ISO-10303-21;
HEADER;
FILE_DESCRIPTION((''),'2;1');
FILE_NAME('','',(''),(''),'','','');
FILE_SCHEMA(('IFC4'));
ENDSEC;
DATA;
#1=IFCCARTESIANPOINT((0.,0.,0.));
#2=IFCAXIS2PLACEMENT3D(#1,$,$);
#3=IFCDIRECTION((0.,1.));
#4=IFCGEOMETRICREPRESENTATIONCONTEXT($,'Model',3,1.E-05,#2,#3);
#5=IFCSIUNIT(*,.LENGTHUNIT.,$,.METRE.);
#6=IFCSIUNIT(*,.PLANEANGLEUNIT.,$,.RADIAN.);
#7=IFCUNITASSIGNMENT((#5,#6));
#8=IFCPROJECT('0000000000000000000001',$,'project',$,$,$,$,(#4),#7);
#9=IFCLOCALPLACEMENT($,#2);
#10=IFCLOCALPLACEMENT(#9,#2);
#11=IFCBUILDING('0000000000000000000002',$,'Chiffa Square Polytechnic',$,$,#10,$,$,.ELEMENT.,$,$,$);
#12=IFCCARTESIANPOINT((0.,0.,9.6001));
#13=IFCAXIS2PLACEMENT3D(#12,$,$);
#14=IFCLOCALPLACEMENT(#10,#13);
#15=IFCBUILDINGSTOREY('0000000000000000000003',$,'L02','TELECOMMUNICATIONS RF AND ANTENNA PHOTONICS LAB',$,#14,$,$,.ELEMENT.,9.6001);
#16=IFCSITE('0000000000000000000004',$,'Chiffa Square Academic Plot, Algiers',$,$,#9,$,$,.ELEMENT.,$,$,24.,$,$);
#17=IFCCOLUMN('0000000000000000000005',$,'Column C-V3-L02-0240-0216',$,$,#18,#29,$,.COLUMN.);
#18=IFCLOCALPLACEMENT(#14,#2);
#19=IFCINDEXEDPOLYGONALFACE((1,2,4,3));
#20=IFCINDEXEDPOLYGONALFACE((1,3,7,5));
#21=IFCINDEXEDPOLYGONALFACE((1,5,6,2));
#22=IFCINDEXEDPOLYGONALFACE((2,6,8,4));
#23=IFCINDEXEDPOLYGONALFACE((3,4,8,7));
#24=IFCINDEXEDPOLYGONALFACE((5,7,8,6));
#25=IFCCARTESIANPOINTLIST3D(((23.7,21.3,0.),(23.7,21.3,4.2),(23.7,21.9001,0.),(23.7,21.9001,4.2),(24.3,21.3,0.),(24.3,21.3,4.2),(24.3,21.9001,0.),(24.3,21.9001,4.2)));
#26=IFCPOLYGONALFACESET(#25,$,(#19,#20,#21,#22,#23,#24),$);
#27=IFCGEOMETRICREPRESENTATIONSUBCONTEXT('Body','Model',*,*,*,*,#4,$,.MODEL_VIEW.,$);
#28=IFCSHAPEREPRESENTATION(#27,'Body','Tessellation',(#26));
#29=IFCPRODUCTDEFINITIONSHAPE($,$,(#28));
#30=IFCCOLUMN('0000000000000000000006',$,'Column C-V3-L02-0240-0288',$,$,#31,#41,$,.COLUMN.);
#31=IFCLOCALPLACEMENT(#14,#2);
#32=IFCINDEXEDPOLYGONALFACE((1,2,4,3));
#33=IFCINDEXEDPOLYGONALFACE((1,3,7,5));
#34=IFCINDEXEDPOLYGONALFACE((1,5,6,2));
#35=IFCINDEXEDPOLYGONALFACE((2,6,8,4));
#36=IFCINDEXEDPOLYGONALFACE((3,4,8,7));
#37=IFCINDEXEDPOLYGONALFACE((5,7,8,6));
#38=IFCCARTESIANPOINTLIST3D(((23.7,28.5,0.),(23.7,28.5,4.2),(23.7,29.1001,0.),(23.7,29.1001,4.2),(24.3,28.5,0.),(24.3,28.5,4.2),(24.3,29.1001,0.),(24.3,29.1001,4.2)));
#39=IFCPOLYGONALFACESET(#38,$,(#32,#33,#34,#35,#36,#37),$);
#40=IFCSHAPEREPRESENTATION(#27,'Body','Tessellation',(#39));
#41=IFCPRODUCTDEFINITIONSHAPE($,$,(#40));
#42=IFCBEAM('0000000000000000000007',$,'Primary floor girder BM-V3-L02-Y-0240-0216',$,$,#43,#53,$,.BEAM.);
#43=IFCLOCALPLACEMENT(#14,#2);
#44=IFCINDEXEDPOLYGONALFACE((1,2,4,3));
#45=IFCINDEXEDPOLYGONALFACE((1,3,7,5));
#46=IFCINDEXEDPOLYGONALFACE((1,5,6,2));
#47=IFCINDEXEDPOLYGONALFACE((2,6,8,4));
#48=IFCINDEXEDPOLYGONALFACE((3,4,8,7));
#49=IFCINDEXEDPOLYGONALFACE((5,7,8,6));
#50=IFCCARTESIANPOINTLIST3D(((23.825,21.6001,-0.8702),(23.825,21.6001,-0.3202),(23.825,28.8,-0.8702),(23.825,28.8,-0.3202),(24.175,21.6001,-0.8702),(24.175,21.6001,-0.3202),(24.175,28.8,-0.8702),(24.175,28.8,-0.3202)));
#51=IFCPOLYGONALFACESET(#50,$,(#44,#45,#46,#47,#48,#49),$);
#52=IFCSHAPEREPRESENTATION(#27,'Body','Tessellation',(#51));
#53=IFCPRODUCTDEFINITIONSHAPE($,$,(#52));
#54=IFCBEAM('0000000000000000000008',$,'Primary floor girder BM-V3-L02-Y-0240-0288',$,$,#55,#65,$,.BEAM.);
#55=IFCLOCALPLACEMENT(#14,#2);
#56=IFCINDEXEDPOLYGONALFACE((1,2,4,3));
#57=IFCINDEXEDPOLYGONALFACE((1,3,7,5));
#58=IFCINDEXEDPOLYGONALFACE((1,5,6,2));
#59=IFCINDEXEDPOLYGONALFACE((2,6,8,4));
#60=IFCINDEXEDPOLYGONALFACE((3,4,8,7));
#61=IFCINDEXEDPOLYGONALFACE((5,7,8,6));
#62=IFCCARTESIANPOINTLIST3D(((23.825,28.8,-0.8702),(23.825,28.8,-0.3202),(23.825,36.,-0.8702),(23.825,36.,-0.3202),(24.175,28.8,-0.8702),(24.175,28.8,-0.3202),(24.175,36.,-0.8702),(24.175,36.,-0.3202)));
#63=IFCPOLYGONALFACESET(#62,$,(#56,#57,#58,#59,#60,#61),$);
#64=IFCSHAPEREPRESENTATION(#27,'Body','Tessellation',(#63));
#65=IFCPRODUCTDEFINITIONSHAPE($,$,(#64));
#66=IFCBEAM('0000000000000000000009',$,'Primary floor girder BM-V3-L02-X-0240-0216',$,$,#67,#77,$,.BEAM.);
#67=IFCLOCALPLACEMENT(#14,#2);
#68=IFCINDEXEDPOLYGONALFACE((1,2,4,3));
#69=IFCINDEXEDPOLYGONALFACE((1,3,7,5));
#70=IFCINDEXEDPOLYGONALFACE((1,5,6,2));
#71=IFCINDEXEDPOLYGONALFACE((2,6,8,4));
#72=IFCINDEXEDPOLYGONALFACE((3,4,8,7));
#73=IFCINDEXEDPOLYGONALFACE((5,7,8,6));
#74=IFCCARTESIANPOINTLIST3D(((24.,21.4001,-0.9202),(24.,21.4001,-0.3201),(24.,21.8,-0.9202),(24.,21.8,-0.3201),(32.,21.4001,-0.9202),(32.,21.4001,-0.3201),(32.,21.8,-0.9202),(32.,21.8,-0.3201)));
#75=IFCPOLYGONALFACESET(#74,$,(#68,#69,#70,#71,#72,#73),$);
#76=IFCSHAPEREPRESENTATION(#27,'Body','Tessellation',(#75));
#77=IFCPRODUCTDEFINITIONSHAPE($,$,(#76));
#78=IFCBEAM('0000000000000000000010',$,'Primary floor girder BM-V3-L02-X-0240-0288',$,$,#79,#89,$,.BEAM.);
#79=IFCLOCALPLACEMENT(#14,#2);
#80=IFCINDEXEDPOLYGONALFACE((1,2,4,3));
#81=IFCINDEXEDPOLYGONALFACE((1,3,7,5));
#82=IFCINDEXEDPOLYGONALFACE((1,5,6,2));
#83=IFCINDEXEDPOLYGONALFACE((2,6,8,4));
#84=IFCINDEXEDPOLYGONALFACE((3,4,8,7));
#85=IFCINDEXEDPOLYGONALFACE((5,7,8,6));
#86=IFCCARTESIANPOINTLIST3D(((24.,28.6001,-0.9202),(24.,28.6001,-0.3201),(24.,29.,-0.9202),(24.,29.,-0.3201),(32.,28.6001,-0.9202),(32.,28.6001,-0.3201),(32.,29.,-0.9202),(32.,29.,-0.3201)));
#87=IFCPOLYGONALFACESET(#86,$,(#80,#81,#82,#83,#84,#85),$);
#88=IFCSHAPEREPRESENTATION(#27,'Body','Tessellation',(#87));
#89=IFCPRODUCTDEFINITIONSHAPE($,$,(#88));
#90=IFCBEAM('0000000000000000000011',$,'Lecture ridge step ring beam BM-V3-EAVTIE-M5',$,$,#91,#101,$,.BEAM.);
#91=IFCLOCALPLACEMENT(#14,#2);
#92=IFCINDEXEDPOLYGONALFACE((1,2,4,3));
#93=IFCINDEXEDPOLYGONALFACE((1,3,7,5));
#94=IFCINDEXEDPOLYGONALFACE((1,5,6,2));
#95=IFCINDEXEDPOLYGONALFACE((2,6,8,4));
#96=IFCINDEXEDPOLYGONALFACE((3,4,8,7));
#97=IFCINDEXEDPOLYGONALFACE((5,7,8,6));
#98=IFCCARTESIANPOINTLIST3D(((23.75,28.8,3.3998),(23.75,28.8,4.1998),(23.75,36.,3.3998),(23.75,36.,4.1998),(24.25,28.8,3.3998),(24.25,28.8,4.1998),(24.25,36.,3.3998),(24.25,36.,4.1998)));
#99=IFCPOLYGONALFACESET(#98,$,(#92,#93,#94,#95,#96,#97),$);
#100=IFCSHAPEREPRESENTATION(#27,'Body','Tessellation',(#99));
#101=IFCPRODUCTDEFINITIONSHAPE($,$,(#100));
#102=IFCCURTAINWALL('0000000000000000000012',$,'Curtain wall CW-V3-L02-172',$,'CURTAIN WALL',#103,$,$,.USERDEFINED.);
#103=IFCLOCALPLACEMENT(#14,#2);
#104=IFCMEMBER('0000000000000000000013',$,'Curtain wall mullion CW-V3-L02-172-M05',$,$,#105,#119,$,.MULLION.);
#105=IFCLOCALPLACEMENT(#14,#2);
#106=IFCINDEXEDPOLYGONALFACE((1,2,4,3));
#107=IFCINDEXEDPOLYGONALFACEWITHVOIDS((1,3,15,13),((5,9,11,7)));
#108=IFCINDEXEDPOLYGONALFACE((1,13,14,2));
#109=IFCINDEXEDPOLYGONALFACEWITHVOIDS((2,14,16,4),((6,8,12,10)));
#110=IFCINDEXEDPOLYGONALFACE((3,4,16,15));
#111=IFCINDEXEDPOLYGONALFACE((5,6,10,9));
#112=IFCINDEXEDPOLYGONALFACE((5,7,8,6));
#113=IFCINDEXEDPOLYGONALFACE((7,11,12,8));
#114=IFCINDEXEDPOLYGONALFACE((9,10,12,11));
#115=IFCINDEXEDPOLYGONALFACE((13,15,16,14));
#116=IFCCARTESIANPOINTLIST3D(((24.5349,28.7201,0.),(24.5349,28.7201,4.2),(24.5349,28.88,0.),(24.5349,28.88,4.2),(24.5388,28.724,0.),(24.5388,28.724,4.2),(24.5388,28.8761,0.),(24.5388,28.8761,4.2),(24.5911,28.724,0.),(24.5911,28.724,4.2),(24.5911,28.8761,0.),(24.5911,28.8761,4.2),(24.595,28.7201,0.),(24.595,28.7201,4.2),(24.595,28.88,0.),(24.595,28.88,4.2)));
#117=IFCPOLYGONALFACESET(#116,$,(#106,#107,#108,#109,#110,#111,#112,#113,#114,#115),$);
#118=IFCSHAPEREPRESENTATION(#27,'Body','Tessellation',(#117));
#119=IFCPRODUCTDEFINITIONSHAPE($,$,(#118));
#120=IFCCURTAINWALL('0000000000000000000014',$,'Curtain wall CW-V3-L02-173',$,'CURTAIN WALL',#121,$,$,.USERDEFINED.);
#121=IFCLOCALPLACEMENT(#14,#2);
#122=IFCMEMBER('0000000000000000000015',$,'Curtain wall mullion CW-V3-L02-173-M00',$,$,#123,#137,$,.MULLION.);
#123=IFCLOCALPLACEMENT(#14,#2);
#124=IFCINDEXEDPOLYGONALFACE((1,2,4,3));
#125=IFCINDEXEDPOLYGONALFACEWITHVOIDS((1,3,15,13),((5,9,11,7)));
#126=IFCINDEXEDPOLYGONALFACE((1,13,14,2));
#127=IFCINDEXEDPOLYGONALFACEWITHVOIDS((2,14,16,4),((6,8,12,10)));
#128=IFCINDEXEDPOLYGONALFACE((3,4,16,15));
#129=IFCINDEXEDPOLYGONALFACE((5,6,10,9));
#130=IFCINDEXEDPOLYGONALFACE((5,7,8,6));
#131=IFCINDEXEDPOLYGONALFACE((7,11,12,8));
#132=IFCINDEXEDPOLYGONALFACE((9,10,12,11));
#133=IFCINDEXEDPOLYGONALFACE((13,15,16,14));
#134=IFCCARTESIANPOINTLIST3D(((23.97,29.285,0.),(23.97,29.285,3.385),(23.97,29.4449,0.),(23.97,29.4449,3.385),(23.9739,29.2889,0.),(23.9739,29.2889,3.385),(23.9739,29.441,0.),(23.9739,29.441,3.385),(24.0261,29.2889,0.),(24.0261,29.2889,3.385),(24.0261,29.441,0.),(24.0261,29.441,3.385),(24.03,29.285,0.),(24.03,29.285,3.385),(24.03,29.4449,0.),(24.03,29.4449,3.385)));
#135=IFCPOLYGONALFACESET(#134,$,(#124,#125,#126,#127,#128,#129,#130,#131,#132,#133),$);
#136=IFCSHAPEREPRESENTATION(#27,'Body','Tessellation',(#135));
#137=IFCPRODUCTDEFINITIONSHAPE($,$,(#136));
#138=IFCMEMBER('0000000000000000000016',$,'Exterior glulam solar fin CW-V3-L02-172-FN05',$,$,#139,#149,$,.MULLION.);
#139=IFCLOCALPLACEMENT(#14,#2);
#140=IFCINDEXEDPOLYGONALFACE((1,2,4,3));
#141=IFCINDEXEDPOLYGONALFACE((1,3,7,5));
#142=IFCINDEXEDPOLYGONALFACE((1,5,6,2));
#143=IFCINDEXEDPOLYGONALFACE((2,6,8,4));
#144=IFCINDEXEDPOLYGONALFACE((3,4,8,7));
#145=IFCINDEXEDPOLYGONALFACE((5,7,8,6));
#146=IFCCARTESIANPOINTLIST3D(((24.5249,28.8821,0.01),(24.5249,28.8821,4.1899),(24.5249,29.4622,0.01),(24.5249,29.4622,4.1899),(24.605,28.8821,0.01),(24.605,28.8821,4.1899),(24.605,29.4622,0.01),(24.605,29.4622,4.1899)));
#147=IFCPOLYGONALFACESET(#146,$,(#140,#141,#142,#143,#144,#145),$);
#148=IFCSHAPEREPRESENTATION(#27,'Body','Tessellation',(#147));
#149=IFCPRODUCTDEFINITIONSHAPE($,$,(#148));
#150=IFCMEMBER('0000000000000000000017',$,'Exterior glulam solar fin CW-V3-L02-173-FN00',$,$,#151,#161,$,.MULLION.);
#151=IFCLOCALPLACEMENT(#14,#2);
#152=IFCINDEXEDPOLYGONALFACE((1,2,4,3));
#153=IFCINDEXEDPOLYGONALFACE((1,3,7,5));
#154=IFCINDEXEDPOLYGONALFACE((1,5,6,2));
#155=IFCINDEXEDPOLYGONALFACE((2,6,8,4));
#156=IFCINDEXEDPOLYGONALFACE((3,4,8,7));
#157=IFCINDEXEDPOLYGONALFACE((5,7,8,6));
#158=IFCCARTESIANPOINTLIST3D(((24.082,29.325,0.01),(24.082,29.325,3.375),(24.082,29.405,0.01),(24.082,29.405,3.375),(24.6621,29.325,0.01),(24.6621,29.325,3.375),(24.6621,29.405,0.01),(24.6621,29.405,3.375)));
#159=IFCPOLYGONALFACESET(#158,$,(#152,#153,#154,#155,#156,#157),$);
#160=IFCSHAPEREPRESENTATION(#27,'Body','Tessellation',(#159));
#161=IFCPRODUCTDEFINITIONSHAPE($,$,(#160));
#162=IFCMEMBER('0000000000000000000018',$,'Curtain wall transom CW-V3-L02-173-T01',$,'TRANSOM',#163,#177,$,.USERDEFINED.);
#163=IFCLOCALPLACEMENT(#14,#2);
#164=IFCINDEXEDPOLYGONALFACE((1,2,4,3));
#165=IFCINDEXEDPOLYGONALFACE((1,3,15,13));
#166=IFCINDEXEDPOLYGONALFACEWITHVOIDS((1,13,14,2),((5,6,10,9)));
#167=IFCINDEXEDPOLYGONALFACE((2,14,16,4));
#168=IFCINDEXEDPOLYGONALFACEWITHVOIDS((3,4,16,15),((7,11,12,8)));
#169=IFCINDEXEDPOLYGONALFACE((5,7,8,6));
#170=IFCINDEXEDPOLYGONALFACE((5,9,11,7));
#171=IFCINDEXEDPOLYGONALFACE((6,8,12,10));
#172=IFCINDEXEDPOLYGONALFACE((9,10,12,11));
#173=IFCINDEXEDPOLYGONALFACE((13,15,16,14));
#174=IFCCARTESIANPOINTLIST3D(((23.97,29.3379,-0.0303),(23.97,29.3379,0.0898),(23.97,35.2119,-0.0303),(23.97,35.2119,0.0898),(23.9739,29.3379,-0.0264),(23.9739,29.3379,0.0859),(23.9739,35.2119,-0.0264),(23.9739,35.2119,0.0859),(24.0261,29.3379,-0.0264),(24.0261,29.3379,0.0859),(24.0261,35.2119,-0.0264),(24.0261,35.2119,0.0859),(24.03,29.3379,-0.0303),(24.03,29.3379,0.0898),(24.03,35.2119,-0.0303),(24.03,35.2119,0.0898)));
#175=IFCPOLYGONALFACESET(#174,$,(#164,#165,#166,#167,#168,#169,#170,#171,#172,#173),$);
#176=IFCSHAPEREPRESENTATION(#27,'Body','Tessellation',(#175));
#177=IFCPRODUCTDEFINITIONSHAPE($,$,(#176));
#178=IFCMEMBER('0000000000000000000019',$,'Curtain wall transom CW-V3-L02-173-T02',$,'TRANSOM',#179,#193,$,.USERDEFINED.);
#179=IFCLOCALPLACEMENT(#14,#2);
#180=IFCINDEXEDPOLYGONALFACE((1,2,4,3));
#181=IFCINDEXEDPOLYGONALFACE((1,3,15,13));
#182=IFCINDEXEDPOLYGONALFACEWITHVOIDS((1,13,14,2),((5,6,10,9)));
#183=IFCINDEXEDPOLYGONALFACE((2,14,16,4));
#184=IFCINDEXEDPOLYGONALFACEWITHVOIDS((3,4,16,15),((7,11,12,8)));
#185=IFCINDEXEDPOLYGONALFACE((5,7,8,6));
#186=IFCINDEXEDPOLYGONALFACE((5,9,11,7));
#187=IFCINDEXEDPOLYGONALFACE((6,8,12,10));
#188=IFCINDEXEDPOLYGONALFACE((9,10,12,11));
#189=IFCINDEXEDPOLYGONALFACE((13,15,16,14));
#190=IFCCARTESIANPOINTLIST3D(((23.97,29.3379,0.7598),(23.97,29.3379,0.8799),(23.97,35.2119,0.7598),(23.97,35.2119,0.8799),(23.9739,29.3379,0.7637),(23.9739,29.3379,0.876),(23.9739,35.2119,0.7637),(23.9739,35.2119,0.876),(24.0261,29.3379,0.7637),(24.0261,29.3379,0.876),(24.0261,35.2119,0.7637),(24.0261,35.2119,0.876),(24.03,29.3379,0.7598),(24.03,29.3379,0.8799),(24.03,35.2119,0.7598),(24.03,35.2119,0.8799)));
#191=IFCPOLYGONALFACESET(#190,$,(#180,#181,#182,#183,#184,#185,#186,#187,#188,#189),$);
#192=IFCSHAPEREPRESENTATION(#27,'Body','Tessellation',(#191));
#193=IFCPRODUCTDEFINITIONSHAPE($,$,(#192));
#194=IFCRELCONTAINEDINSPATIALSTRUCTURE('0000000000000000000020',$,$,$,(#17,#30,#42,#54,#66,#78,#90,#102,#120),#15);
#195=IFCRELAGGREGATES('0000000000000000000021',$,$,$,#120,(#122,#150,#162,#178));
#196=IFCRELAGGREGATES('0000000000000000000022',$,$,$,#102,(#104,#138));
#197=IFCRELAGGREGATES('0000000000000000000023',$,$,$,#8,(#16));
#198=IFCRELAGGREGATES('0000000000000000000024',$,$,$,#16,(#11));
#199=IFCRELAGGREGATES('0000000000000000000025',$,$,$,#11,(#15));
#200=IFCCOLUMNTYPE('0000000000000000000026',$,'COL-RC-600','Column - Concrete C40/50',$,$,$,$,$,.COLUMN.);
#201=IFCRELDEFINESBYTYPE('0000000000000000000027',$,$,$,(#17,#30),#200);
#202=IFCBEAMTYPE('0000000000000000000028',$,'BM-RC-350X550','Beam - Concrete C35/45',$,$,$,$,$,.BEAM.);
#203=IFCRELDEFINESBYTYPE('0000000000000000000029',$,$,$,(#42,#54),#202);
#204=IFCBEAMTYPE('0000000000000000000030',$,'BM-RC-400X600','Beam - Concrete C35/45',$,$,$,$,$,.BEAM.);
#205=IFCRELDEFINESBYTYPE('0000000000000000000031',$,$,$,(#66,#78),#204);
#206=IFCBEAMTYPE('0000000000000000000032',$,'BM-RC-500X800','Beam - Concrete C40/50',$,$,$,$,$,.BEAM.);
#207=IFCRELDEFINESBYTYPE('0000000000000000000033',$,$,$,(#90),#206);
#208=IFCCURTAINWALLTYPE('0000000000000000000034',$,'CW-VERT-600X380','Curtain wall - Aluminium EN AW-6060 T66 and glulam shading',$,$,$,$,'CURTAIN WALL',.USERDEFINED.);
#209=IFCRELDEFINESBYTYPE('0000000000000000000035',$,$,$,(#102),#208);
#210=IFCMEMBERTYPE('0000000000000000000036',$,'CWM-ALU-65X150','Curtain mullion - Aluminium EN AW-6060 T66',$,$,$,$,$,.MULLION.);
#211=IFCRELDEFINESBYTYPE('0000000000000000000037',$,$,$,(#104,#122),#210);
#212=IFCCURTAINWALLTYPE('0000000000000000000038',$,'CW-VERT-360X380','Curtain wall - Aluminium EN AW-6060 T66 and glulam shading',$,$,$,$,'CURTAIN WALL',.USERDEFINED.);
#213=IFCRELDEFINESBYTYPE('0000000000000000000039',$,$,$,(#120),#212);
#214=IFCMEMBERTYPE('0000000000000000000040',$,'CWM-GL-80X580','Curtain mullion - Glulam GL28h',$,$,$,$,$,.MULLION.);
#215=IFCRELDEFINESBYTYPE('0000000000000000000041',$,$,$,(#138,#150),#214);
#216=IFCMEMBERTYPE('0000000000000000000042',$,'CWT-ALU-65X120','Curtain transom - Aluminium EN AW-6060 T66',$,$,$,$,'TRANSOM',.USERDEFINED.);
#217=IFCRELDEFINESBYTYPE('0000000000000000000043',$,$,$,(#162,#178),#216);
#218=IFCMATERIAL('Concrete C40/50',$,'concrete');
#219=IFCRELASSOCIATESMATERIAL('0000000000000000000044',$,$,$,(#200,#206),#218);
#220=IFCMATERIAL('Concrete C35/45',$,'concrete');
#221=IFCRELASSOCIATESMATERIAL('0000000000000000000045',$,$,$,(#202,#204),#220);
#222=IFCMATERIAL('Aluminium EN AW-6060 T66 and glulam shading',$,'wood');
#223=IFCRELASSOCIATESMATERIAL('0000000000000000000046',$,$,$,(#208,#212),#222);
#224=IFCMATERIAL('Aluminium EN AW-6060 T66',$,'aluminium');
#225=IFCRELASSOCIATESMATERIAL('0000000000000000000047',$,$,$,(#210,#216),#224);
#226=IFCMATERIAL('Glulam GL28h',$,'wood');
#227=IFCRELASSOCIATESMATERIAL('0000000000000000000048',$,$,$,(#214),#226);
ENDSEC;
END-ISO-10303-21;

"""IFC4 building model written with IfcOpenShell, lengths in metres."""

from ifc_helpers import new_model, si_unit, direction, frame, origin, origin_2d, place, context, subcontext, project, spatial, rectangle, hollow_rectangle, extrude, material, material_profile, profile_set, type_object, element, aggregate, save


model = new_model("IFC4")

# Units and contexts
model_context = context("Model", 3, precision=1e-05, world=origin(), true_north=direction((0.0, 1.0)))
body_context = subcontext(model_context, "Body", "Model", "MODEL_VIEW")
ifc_project = project(units=[si_unit("LENGTHUNIT", "METRE"), si_unit("PLANEANGLEUNIT", "RADIAN")], contexts=[model_context])

# Site, building, storey
site_placement = place(None, origin())
site = spatial("IfcSite", under=ifc_project, at=site_placement, Name="Chiffa Square Academic Plot, Algiers", CompositionType="ELEMENT", RefElevation=24.0)
building_placement = place(site_placement, origin())
building = spatial("IfcBuilding", under=site, at=building_placement, Name="Chiffa Square Polytechnic", CompositionType="ELEMENT")
storey_placement = place(building_placement, frame((0.0, 0.0, 9.6001)))
storey = spatial("IfcBuildingStorey", under=building, at=storey_placement, Name="L02", Description="TELECOMMUNICATIONS RF AND ANTENNA PHOTONICS LAB", CompositionType="ELEMENT", Elevation=9.6001)

# Columns
ifc_material_1 = material(Name="Concrete C40/50", Category="concrete")
ifc_material_profile_1 = material_profile(ifc_material_1, rectangle(XDim=0.6001, YDim=0.6001, at=origin_2d()), Name="RC 600x600")
ifc_profile_set_1 = profile_set([ifc_material_profile_1], Name="Concrete C40/50")
column_type = type_object("IfcColumnType", Name="COL-RC-600", Description="Column - Concrete C40/50", PredefinedType="COLUMN", material=ifc_profile_set_1)
for number, where, z_axis, x_axis, name in (
    (1, (24.0, 21.6001, 0.0), (0.0, 0.0, 1.0), (1.0, 0.0, 0.0), "Column C-V3-L02-0240-0216"),
    (2, (24.0, 28.8, 0.0), (0.0, 0.0, 1.0), (1.0, 0.0, 0.0), "Column C-V3-L02-0240-0288"),
):
    element("IfcColumn", number, at=place(storey_placement, frame(where, z_axis=z_axis, x_axis=x_axis)), inside=storey, type_object=column_type, Name=name, PredefinedType="COLUMN", context=body_context, shape_type="SweptSolid", body=[
        extrude(rectangle(XDim=0.6001, YDim=0.6001, at=origin_2d()), origin(), (0.0, 0.0, 1.0), 4.2),
    ])

# Beams
ifc_material_2 = material(Name="Concrete C35/45", Category="concrete")
ifc_material_profile_2 = material_profile(ifc_material_2, rectangle(XDim=0.3501, YDim=0.55, at=origin_2d()), Name="RC 350x550")
ifc_profile_set_2 = profile_set([ifc_material_profile_2], Name="Concrete C35/45")
beam_type_1 = type_object("IfcBeamType", Name="BM-RC-350X550", Description="Beam - Concrete C35/45", PredefinedType="BEAM", material=ifc_profile_set_2)
for number, where, z_axis, x_axis, name in (
    (3, (24.0, 21.6001, -0.5952), (0.0, 1.0, 0.0), (-1.0, 0.0, 0.0), "Primary floor girder BM-V3-L02-Y-0240-0216"),
    (4, (24.0, 28.8, -0.5952), (0.0, 1.0, 0.0), (-1.0, 0.0, 0.0), "Primary floor girder BM-V3-L02-Y-0240-0288"),
):
    element("IfcBeam", number, at=place(storey_placement, frame(where, z_axis=z_axis, x_axis=x_axis)), inside=storey, type_object=beam_type_1, Name=name, PredefinedType="BEAM", context=body_context, shape_type="SweptSolid", body=[
        extrude(rectangle(XDim=0.3501, YDim=0.55, at=origin_2d()), origin(), (0.0, 0.0, 1.0), 7.2),
    ])
ifc_material_profile_3 = material_profile(ifc_material_2, rectangle(XDim=0.3999, YDim=0.6001, at=origin_2d()), Name="RC 400x600")
ifc_profile_set_3 = profile_set([ifc_material_profile_3], Name="Concrete C35/45")
beam_type_2 = type_object("IfcBeamType", Name="BM-RC-400X600", Description="Beam - Concrete C35/45", PredefinedType="BEAM", material=ifc_profile_set_3)
for number, where, z_axis, x_axis, name in (
    (5, (24.0, 21.6001, -0.6201), (1.0, 0.0, 0.0), (0.0, 1.0, 0.0), "Primary floor girder BM-V3-L02-X-0240-0216"),
    (6, (24.0, 28.8, -0.6201), (1.0, 0.0, 0.0), (0.0, 1.0, 0.0), "Primary floor girder BM-V3-L02-X-0240-0288"),
):
    element("IfcBeam", number, at=place(storey_placement, frame(where, z_axis=z_axis, x_axis=x_axis)), inside=storey, type_object=beam_type_2, Name=name, PredefinedType="BEAM", context=body_context, shape_type="SweptSolid", body=[
        extrude(rectangle(XDim=0.3999, YDim=0.6001, at=origin_2d()), origin(), (0.0, 0.0, 1.0), 8.0),
    ])
ifc_material_profile_4 = material_profile(ifc_material_1, rectangle(XDim=0.5, YDim=0.8, at=origin_2d()), Name="RC 500x800")
ifc_profile_set_4 = profile_set([ifc_material_profile_4], Name="Concrete C40/50")
beam_type_3 = type_object("IfcBeamType", Name="BM-RC-500X800", Description="Beam - Concrete C40/50", PredefinedType="BEAM", material=ifc_profile_set_4)
beam_placement = place(storey_placement, frame((24.0, 28.8, 3.7998), z_axis=(0.0, 1.0, 0.0), x_axis=(-1.0, 0.0, 0.0)))
element("IfcBeam", 7, at=beam_placement, inside=storey, type_object=beam_type_3, Name="Lecture ridge step ring beam BM-V3-EAVTIE-M5", PredefinedType="BEAM", context=body_context, shape_type="SweptSolid", body=[
    extrude(rectangle(XDim=0.5, YDim=0.8, at=origin_2d()), origin(), (0.0, 0.0, 1.0), 7.2),
])

# Curtain walls, members
ifc_material_3 = material(Name="Aluminium EN AW-6060 T66 and glulam shading", Category="wood")
curtain_wall_type_1 = type_object("IfcCurtainWallType", Name="CW-VERT-600X380", Description="Curtain wall - Aluminium EN AW-6060 T66 and glulam shading", ElementType="CURTAIN WALL", PredefinedType="USERDEFINED", material=ifc_material_3)
curtain_wall_1_placement = place(storey_placement, origin())
curtain_wall_1 = element("IfcCurtainWall", 8, at=curtain_wall_1_placement, inside=storey, type_object=curtain_wall_type_1, Name="Curtain wall CW-V3-L02-172", ObjectType="CURTAIN WALL", PredefinedType="USERDEFINED")
ifc_material_4 = material(Name="Aluminium EN AW-6060 T66", Category="aluminium")
ifc_material_profile_5 = material_profile(ifc_material_4, hollow_rectangle(XDim=0.0601, YDim=0.1599, WallThickness=0.0039, at=origin_2d()), Name="ALU 60x160x4")
ifc_profile_set_5 = profile_set([ifc_material_profile_5], Name="Aluminium EN AW-6060 T66")
member_type_1 = type_object("IfcMemberType", Name="CWM-ALU-65X150", Description="Curtain mullion - Aluminium EN AW-6060 T66", PredefinedType="MULLION", material=ifc_profile_set_5)
member_1_placement = place(storey_placement, frame((24.5649, 28.8, 0.0), z_axis=(0.0, 0.0, 1.0), x_axis=(1.0, 0.0, 0.0)))
member_1 = element("IfcMember", 9, at=member_1_placement, type_object=member_type_1, Name="Curtain wall mullion CW-V3-L02-172-M05", PredefinedType="MULLION", context=body_context, shape_type="SweptSolid", body=[
    extrude(hollow_rectangle(XDim=0.0601, YDim=0.1599, WallThickness=0.0039, at=origin_2d()), origin(), (0.0, 0.0, 1.0), 4.2),
])
curtain_wall_type_2 = type_object("IfcCurtainWallType", Name="CW-VERT-360X380", Description="Curtain wall - Aluminium EN AW-6060 T66 and glulam shading", ElementType="CURTAIN WALL", PredefinedType="USERDEFINED", material=ifc_material_3)
curtain_wall_2_placement = place(storey_placement, origin())
curtain_wall_2 = element("IfcCurtainWall", 10, at=curtain_wall_2_placement, inside=storey, type_object=curtain_wall_type_2, Name="Curtain wall CW-V3-L02-173", ObjectType="CURTAIN WALL", PredefinedType="USERDEFINED")
member_2_placement = place(storey_placement, frame((24.0, 29.365, 0.0), z_axis=(0.0, 0.0, 1.0), x_axis=(1.0, 0.0, 0.0)))
member_2 = element("IfcMember", 11, at=member_2_placement, type_object=member_type_1, Name="Curtain wall mullion CW-V3-L02-173-M00", PredefinedType="MULLION", context=body_context, shape_type="SweptSolid", body=[
    extrude(hollow_rectangle(XDim=0.0601, YDim=0.1599, WallThickness=0.0039, at=origin_2d()), origin(), (0.0, 0.0, 1.0), 3.385),
])

# Members
ifc_material_5 = material(Name="Glulam GL28h", Category="wood")
ifc_material_profile_6 = material_profile(ifc_material_5, rectangle(XDim=0.0801, YDim=0.5801, at=origin_2d()), Name="GL28h 80x580")
ifc_profile_set_6 = profile_set([ifc_material_profile_6], Name="Glulam GL28h")
member_type_2 = type_object("IfcMemberType", Name="CWM-GL-80X580", Description="Curtain mullion - Glulam GL28h", PredefinedType="MULLION", material=ifc_profile_set_6)
member_3_placement = place(storey_placement, frame((24.5649, 29.1721, 0.01), z_axis=(0.0, 0.0, 1.0), x_axis=(-1.0, 0.0, 0.0)))
member_3 = element("IfcMember", 12, at=member_3_placement, type_object=member_type_2, Name="Exterior glulam solar fin CW-V3-L02-172-FN05", PredefinedType="MULLION", context=body_context, shape_type="SweptSolid", body=[
    extrude(rectangle(XDim=0.0801, YDim=0.5801, at=origin_2d()), origin(), (0.0, 0.0, 1.0), 4.1799),
])
member_4_placement = place(storey_placement, frame((24.3721, 29.365, 0.01), z_axis=(0.0, 0.0, 1.0), x_axis=(0.0, 1.0, 0.0)))
member_4 = element("IfcMember", 13, at=member_4_placement, type_object=member_type_2, Name="Exterior glulam solar fin CW-V3-L02-173-FN00", PredefinedType="MULLION", context=body_context, shape_type="SweptSolid", body=[
    extrude(rectangle(XDim=0.0801, YDim=0.5801, at=origin_2d()), origin(), (0.0, 0.0, 1.0), 3.365),
])
ifc_material_profile_7 = material_profile(ifc_material_4, hollow_rectangle(XDim=0.0601, YDim=0.1201, WallThickness=0.0039, at=origin_2d()), Name="ALU 60x120x4")
ifc_profile_set_7 = profile_set([ifc_material_profile_7], Name="Aluminium EN AW-6060 T66")
member_type_3 = type_object("IfcMemberType", Name="CWT-ALU-65X120", Description="Curtain transom - Aluminium EN AW-6060 T66", ElementType="TRANSOM", PredefinedType="USERDEFINED", material=ifc_profile_set_7)
member_5_placement = place(storey_placement, frame((24.0, 29.3379, 0.0298), z_axis=(0.0, 1.0, 0.0), x_axis=(-1.0, 0.0, 0.0)))
member_5 = element("IfcMember", 14, at=member_5_placement, type_object=member_type_3, Name="Curtain wall transom CW-V3-L02-173-T01", ObjectType="TRANSOM", PredefinedType="USERDEFINED", context=body_context, shape_type="SweptSolid", body=[
    extrude(hollow_rectangle(XDim=0.0601, YDim=0.1201, WallThickness=0.0039, at=origin_2d()), origin(), (0.0, 0.0, 1.0), 5.874),
])
member_6_placement = place(storey_placement, frame((24.0, 29.3379, 0.8198), z_axis=(0.0, 1.0, 0.0), x_axis=(-1.0, 0.0, 0.0)))
member_6 = element("IfcMember", 15, at=member_6_placement, type_object=member_type_3, Name="Curtain wall transom CW-V3-L02-173-T02", ObjectType="TRANSOM", PredefinedType="USERDEFINED", context=body_context, shape_type="SweptSolid", body=[
    extrude(hollow_rectangle(XDim=0.0601, YDim=0.1201, WallThickness=0.0039, at=origin_2d()), origin(), (0.0, 0.0, 1.0), 5.874),
])
aggregate(curtain_wall_2, [member_2, member_4, member_5, member_6])

aggregate(curtain_wall_1, [member_1, member_3])

save(model, "model.ifc")
